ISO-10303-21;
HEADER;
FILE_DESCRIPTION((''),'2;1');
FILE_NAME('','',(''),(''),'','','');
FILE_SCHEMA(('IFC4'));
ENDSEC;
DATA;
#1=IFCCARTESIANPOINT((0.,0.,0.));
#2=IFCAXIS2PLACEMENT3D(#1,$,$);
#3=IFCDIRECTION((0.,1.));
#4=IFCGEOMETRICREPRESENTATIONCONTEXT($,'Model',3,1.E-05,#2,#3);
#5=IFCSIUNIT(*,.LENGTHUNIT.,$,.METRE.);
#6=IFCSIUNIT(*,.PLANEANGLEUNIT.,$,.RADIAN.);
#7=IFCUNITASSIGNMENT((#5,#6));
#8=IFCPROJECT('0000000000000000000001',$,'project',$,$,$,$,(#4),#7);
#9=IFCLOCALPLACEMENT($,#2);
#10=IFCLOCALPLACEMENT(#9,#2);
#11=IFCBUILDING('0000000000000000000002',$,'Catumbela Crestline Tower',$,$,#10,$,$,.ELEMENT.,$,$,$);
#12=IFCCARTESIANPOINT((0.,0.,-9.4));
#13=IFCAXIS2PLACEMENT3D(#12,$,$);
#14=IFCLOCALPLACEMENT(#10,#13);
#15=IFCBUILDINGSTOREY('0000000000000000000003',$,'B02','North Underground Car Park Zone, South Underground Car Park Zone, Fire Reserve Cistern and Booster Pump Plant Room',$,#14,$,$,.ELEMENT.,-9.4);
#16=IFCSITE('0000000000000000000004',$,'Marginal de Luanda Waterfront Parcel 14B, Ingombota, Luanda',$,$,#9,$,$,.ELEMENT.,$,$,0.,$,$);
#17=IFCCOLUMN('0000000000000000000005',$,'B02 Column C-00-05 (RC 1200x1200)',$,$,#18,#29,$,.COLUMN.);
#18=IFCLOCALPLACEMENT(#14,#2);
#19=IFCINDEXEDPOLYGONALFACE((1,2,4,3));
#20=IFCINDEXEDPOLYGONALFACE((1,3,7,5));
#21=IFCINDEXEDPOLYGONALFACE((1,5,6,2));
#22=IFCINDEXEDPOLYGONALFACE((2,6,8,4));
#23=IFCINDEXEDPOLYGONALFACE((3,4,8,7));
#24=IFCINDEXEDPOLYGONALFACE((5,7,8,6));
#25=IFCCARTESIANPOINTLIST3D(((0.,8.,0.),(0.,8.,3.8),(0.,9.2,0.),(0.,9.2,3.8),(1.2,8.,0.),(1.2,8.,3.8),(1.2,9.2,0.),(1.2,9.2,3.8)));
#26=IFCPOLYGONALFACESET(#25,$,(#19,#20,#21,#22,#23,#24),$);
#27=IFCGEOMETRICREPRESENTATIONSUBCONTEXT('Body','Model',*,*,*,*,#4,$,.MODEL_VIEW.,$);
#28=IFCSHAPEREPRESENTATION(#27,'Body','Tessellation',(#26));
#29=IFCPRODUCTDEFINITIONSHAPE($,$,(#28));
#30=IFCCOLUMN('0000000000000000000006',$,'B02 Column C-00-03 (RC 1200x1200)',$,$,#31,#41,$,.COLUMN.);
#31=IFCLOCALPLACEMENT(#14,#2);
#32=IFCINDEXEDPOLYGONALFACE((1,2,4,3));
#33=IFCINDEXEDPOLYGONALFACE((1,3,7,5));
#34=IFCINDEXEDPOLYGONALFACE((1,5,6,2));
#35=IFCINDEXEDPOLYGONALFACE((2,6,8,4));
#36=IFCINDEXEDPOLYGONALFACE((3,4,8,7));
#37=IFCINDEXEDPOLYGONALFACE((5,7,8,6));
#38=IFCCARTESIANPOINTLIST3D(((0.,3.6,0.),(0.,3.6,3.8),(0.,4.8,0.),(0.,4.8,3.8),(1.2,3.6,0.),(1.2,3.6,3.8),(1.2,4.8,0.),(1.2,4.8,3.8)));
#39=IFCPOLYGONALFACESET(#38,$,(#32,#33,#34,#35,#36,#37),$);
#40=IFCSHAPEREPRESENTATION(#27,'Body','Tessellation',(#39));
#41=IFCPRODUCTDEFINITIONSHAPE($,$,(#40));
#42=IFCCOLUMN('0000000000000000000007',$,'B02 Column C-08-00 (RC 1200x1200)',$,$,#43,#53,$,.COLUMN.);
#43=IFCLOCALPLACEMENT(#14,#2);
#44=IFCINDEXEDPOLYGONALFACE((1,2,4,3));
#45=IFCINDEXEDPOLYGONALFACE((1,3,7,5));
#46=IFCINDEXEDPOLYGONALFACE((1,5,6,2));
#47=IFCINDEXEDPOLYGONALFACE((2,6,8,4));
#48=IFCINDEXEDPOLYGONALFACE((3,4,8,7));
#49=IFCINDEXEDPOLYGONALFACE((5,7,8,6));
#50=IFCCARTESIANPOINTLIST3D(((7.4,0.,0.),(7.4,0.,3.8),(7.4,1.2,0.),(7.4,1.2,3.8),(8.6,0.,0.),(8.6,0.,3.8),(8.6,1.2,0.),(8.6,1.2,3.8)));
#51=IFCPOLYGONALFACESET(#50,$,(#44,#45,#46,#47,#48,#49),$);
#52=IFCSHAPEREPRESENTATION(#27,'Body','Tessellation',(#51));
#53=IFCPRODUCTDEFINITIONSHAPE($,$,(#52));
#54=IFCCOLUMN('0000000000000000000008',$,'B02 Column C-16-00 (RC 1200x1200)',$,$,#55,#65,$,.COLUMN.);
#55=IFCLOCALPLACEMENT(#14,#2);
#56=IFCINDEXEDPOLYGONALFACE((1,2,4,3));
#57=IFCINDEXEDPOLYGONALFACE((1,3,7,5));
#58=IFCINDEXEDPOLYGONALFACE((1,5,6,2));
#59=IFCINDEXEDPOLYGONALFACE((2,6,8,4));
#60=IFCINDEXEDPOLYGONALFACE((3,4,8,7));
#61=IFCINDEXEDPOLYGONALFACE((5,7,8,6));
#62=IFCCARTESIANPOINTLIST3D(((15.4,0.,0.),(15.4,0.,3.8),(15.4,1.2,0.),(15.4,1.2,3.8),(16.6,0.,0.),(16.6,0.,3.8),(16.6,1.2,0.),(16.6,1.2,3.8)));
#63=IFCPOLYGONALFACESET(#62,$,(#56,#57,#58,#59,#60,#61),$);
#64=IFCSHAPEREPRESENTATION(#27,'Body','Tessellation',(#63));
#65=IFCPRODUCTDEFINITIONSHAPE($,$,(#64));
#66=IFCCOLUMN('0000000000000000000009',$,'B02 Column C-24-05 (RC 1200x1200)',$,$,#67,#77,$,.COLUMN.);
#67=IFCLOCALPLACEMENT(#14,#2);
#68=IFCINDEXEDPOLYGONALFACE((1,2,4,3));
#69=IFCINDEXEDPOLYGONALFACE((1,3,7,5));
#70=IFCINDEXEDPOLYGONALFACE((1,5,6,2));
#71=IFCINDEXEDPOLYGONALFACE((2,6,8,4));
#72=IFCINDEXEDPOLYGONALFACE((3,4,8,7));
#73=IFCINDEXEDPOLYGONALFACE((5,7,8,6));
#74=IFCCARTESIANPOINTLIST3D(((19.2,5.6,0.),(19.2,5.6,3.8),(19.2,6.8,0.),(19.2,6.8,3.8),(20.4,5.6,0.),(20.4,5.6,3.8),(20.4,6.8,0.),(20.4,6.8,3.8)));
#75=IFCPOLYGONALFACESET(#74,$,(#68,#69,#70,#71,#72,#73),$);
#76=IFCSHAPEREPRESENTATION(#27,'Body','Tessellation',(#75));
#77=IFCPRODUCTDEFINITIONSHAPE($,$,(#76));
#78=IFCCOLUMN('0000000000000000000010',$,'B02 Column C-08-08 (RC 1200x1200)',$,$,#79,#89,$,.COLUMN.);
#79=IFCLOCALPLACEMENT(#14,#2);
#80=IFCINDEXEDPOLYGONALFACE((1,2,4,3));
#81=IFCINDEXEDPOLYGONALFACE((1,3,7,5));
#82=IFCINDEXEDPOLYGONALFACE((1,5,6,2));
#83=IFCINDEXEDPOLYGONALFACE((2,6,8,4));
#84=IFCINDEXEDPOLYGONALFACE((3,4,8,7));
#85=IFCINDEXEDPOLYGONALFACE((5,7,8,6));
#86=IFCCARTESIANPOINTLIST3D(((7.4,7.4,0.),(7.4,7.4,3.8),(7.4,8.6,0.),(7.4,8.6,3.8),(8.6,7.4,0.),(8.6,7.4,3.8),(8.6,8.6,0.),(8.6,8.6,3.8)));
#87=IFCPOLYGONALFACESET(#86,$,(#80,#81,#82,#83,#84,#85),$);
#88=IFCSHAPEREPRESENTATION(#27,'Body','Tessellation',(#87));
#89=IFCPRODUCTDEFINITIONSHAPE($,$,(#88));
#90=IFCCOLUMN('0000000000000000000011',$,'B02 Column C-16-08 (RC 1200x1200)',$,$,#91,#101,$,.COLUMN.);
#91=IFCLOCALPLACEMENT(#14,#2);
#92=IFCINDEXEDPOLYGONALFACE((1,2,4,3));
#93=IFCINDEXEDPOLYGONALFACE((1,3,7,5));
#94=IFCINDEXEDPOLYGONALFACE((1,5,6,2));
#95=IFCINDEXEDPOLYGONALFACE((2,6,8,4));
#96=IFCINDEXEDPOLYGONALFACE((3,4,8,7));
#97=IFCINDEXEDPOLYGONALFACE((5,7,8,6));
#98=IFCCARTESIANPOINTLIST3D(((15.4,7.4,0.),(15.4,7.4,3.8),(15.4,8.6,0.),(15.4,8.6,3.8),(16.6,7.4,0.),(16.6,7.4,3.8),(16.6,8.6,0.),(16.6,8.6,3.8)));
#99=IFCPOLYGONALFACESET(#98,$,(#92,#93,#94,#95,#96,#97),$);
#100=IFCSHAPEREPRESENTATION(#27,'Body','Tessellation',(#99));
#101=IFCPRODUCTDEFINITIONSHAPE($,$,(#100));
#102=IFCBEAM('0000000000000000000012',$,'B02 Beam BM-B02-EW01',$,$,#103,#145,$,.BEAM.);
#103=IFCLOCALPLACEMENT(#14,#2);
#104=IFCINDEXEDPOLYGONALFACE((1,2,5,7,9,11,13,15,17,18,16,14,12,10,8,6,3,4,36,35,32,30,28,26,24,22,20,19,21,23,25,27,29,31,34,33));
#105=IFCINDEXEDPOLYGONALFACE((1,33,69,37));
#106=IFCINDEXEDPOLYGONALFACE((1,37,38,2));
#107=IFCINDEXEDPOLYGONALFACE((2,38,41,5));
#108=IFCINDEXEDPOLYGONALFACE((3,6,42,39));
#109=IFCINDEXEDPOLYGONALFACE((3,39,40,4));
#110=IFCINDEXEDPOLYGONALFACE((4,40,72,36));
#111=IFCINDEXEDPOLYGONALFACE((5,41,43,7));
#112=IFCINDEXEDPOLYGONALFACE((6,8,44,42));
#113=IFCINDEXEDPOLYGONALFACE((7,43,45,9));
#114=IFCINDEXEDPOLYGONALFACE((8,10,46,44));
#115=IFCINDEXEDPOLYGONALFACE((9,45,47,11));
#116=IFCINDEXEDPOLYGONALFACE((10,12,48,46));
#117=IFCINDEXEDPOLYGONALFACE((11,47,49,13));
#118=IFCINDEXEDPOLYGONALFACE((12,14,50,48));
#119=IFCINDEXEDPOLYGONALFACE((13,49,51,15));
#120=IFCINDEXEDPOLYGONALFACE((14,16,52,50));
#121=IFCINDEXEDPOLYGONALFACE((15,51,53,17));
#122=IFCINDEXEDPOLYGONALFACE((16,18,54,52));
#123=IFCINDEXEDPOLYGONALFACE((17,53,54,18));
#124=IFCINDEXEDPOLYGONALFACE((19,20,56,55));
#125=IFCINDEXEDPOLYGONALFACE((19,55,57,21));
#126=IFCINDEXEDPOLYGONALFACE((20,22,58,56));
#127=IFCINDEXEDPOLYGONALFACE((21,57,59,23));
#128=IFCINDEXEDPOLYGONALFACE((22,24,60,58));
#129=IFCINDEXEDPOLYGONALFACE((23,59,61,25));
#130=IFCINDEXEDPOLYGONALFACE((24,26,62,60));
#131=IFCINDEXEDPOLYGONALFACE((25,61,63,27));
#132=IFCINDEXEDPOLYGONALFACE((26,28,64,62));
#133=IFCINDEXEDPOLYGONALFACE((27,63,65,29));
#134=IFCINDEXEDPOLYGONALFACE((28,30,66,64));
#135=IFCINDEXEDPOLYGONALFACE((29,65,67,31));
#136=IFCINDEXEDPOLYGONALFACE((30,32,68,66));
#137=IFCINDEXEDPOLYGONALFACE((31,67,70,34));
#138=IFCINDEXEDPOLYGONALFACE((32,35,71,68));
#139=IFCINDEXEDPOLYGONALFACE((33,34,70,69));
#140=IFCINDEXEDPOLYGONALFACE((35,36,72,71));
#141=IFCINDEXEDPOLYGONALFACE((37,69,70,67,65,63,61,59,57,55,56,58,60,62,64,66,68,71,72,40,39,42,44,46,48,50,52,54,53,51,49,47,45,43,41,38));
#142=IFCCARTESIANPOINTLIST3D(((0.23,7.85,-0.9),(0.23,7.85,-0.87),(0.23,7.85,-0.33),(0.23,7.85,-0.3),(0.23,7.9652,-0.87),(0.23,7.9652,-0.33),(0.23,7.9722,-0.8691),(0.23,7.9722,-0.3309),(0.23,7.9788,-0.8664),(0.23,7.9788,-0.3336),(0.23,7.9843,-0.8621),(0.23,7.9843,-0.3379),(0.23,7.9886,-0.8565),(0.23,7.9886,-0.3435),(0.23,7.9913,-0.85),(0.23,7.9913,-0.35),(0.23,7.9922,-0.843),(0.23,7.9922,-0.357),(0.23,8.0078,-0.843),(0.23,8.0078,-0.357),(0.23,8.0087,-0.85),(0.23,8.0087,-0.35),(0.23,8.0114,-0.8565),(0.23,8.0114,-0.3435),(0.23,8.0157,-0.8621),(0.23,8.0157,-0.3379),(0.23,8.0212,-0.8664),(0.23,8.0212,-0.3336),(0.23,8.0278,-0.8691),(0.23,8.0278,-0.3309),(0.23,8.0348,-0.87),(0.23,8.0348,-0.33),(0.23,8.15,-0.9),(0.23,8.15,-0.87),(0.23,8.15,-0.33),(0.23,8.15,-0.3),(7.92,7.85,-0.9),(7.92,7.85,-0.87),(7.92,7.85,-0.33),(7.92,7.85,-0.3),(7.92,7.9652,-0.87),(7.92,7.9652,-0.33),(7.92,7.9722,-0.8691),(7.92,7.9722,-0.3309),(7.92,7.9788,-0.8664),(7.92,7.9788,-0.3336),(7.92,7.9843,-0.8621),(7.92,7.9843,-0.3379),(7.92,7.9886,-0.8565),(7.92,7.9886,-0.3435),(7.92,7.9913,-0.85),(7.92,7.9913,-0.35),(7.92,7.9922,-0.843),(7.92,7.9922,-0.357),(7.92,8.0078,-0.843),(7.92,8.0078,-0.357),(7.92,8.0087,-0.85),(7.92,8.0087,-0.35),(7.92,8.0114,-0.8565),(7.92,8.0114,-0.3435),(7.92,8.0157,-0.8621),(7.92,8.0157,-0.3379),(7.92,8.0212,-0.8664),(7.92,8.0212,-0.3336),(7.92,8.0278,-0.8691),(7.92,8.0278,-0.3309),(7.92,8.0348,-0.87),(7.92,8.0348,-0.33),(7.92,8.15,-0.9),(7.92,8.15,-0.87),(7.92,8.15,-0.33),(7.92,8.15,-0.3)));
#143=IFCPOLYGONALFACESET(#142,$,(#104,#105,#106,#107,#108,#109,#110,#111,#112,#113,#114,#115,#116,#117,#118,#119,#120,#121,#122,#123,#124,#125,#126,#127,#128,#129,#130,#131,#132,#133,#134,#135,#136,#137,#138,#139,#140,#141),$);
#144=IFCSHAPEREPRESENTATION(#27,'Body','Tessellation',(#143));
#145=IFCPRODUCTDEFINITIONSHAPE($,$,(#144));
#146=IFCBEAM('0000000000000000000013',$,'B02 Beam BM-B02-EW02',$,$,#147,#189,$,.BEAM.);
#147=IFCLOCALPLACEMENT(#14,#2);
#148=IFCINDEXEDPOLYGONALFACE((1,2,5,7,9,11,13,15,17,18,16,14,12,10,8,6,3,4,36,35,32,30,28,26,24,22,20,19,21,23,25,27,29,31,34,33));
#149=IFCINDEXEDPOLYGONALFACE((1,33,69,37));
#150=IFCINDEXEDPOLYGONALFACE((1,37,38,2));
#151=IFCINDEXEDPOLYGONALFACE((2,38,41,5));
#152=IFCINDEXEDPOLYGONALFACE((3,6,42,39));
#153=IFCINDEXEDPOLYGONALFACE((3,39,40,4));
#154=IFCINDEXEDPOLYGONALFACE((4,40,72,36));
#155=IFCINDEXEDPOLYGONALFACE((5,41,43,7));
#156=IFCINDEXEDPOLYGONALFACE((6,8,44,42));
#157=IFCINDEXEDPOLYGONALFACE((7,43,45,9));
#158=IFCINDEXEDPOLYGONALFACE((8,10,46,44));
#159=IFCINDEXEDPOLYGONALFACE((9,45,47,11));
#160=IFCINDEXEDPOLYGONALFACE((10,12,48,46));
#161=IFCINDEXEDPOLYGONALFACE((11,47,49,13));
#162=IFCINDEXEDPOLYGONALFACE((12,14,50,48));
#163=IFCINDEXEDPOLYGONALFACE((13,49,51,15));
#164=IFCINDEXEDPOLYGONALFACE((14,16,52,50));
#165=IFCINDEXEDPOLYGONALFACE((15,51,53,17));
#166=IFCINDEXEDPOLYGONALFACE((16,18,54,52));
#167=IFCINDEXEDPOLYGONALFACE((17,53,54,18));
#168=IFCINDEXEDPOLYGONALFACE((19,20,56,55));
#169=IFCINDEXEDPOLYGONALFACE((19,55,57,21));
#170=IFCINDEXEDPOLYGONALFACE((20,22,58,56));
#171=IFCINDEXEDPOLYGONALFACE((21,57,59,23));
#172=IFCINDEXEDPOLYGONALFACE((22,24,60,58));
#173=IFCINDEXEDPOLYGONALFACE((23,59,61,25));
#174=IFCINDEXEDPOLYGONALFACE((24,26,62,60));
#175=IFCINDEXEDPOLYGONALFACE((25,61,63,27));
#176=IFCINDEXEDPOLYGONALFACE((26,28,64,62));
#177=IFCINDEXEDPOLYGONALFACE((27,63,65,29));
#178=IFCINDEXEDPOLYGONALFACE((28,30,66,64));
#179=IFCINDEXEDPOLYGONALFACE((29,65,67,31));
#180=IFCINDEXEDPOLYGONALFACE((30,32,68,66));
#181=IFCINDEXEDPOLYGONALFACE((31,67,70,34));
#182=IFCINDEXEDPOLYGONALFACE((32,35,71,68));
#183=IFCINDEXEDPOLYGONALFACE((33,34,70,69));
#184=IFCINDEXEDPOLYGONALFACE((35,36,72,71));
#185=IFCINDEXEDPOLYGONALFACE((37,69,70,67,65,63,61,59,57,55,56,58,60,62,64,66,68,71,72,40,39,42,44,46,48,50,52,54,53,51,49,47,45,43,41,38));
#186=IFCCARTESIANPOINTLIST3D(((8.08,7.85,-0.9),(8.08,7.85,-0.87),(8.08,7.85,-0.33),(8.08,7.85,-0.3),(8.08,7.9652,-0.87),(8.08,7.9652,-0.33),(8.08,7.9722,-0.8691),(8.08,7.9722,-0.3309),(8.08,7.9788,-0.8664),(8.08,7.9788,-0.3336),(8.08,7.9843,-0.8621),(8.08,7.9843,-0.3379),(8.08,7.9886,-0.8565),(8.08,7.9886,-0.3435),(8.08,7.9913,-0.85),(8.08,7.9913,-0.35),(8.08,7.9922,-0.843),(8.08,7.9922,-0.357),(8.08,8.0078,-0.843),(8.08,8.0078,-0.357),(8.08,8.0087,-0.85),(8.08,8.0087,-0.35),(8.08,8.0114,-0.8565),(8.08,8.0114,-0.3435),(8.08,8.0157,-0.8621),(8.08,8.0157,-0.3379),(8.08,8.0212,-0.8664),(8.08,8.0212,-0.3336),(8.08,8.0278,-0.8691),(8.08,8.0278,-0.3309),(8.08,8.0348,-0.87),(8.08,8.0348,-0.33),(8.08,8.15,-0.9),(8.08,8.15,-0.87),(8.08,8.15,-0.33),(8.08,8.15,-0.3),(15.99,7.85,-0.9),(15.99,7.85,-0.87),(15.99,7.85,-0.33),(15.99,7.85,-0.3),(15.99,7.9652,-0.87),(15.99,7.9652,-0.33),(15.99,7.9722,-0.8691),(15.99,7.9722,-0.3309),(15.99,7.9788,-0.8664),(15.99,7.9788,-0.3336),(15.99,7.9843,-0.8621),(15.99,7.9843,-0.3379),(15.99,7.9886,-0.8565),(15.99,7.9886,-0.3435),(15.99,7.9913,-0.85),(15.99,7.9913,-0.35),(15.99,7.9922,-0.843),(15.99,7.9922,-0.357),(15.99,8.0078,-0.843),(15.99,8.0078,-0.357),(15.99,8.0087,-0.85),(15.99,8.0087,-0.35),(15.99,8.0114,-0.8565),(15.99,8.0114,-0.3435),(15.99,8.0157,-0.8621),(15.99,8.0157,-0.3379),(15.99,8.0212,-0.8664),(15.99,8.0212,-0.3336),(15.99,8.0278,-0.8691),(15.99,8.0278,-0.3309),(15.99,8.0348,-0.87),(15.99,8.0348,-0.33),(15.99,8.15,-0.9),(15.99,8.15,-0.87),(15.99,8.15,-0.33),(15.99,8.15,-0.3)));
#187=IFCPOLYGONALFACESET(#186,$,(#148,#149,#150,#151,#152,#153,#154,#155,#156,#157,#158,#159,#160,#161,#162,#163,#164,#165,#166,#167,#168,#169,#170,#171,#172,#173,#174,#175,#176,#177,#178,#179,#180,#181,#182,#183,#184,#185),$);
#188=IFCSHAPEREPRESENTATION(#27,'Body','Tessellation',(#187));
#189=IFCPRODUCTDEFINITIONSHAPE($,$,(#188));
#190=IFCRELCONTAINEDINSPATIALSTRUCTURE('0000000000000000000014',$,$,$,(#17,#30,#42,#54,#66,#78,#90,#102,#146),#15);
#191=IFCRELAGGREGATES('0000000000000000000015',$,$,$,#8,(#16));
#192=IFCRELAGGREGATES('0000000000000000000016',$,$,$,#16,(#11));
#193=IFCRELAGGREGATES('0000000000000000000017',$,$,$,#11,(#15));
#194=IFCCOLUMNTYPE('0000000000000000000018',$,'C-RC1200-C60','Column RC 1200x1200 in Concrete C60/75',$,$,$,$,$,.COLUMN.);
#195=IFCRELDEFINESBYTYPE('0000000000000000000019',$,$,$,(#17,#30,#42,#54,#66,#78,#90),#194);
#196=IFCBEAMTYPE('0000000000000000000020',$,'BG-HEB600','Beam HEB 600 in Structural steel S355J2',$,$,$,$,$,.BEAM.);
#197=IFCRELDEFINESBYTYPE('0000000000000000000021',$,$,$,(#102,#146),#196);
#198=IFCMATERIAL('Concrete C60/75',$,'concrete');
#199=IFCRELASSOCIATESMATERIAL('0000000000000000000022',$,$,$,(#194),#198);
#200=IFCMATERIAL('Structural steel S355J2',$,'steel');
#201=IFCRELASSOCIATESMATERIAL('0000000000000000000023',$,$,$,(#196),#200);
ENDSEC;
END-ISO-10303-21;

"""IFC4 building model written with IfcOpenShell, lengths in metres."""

from ifc_helpers import new_model, si_unit, direction, frame, origin, origin_2d, place, context, subcontext, project, spatial, rectangle, i_section, extrude, material, material_profile, profile_set, type_object, element, save


model = new_model("IFC4")

# Units and contexts
model_context = context("Model", 3, precision=1e-05, world=origin(), true_north=direction((0.0, 1.0)))
body_context = subcontext(model_context, "Body", "Model", "MODEL_VIEW")
ifc_project = project(units=[si_unit("LENGTHUNIT", "METRE"), si_unit("PLANEANGLEUNIT", "RADIAN")], contexts=[model_context])

# Site, building, storey
site_placement = place(None, origin())
site = spatial("IfcSite", under=ifc_project, at=site_placement, Name="Marginal de Luanda Waterfront Parcel 14B, Ingombota, Luanda", CompositionType="ELEMENT", RefElevation=0.0)
building_placement = place(site_placement, origin())
building = spatial("IfcBuilding", under=site, at=building_placement, Name="Catumbela Crestline Tower", CompositionType="ELEMENT")
storey_placement = place(building_placement, frame((0.0, 0.0, -9.4)))
storey = spatial("IfcBuildingStorey", under=building, at=storey_placement, Name="B02", Description="North Underground Car Park Zone, South Underground Car Park Zone, Fire Reserve Cistern and Booster Pump Plant Room", CompositionType="ELEMENT", Elevation=-9.4)

# Columns
ifc_material_1 = material(Name="Concrete C60/75", Category="concrete")
ifc_material_profile_1 = material_profile(ifc_material_1, rectangle(XDim=1.2, YDim=1.2, at=origin_2d()), Name="RC 1200x1200")
ifc_profile_set_1 = profile_set([ifc_material_profile_1], Name="Concrete C60/75")
column_type = type_object("IfcColumnType", Name="C-RC1200-C60", Description="Column RC 1200x1200 in Concrete C60/75", PredefinedType="COLUMN", material=ifc_profile_set_1)
for number, where, z_axis, x_axis, name in (
    (1, (0.6, 8.6, 0.0), (0.0, 0.0, 1.0), (1.0, 0.0, 0.0), "B02 Column C-00-05 (RC 1200x1200)"),
    (2, (0.6, 4.2, 0.0), (0.0, 0.0, 1.0), (1.0, 0.0, 0.0), "B02 Column C-00-03 (RC 1200x1200)"),
    (3, (8.0, 0.6, 0.0), (0.0, 0.0, 1.0), (1.0, 0.0, 0.0), "B02 Column C-08-00 (RC 1200x1200)"),
    (4, (16.0, 0.6, 0.0), (0.0, 0.0, 1.0), (1.0, 0.0, 0.0), "B02 Column C-16-00 (RC 1200x1200)"),
    (5, (19.8, 6.2, 0.0), (0.0, 0.0, 1.0), (1.0, 0.0, 0.0), "B02 Column C-24-05 (RC 1200x1200)"),
    (6, (8.0, 8.0, 0.0), (0.0, 0.0, 1.0), (1.0, 0.0, 0.0), "B02 Column C-08-08 (RC 1200x1200)"),
    (7, (16.0, 8.0, 0.0), (0.0, 0.0, 1.0), (1.0, 0.0, 0.0), "B02 Column C-16-08 (RC 1200x1200)"),
):
    element("IfcColumn", number, at=place(storey_placement, frame(where, z_axis=z_axis, x_axis=x_axis)), inside=storey, type_object=column_type, Name=name, PredefinedType="COLUMN", context=body_context, shape_type="SweptSolid", body=[
        extrude(rectangle(XDim=1.2, YDim=1.2, at=origin_2d()), origin(), (0.0, 0.0, 1.0), 3.8),
    ])

# Beams
ifc_material_2 = material(Name="Structural steel S355J2", Category="steel")
ifc_material_profile_2 = material_profile(ifc_material_2, i_section(OverallWidth=0.3, OverallDepth=0.6, WebThickness=0.0155, FlangeThickness=0.03, FilletRadius=0.027, at=origin_2d()), Name="HEB 600")
ifc_profile_set_2 = profile_set([ifc_material_profile_2], Name="Structural steel S355J2")
beam_type_1 = type_object("IfcBeamType", Name="BG-HEB600", Description="Beam HEB 600 in Structural steel S355J2", PredefinedType="BEAM", material=ifc_profile_set_2)
beam_1_placement = place(storey_placement, frame((0.23, 8.0, -0.6), z_axis=(1.0, 0.0, 0.0), x_axis=(0.0, 1.0, 0.0)))
element("IfcBeam", 8, at=beam_1_placement, inside=storey, type_object=beam_type_1, Name="B02 Beam BM-B02-EW01", PredefinedType="BEAM", context=body_context, shape_type="SweptSolid", body=[
    extrude(i_section(OverallWidth=0.3, OverallDepth=0.6, WebThickness=0.0155, FlangeThickness=0.03, FilletRadius=0.027, at=origin_2d()), origin(), (0.0, 0.0, 1.0), 7.69),
])
beam_2_placement = place(storey_placement, frame((8.08, 8.0, -0.6), z_axis=(1.0, 0.0, 0.0), x_axis=(0.0, 1.0, 0.0)))
element("IfcBeam", 9, at=beam_2_placement, inside=storey, type_object=beam_type_1, Name="B02 Beam BM-B02-EW02", PredefinedType="BEAM", context=body_context, shape_type="SweptSolid", body=[
    extrude(i_section(OverallWidth=0.3, OverallDepth=0.6, WebThickness=0.0155, FlangeThickness=0.03, FilletRadius=0.027, at=origin_2d()), origin(), (0.0, 0.0, 1.0), 7.91),
])

save(model, "model.ifc")
